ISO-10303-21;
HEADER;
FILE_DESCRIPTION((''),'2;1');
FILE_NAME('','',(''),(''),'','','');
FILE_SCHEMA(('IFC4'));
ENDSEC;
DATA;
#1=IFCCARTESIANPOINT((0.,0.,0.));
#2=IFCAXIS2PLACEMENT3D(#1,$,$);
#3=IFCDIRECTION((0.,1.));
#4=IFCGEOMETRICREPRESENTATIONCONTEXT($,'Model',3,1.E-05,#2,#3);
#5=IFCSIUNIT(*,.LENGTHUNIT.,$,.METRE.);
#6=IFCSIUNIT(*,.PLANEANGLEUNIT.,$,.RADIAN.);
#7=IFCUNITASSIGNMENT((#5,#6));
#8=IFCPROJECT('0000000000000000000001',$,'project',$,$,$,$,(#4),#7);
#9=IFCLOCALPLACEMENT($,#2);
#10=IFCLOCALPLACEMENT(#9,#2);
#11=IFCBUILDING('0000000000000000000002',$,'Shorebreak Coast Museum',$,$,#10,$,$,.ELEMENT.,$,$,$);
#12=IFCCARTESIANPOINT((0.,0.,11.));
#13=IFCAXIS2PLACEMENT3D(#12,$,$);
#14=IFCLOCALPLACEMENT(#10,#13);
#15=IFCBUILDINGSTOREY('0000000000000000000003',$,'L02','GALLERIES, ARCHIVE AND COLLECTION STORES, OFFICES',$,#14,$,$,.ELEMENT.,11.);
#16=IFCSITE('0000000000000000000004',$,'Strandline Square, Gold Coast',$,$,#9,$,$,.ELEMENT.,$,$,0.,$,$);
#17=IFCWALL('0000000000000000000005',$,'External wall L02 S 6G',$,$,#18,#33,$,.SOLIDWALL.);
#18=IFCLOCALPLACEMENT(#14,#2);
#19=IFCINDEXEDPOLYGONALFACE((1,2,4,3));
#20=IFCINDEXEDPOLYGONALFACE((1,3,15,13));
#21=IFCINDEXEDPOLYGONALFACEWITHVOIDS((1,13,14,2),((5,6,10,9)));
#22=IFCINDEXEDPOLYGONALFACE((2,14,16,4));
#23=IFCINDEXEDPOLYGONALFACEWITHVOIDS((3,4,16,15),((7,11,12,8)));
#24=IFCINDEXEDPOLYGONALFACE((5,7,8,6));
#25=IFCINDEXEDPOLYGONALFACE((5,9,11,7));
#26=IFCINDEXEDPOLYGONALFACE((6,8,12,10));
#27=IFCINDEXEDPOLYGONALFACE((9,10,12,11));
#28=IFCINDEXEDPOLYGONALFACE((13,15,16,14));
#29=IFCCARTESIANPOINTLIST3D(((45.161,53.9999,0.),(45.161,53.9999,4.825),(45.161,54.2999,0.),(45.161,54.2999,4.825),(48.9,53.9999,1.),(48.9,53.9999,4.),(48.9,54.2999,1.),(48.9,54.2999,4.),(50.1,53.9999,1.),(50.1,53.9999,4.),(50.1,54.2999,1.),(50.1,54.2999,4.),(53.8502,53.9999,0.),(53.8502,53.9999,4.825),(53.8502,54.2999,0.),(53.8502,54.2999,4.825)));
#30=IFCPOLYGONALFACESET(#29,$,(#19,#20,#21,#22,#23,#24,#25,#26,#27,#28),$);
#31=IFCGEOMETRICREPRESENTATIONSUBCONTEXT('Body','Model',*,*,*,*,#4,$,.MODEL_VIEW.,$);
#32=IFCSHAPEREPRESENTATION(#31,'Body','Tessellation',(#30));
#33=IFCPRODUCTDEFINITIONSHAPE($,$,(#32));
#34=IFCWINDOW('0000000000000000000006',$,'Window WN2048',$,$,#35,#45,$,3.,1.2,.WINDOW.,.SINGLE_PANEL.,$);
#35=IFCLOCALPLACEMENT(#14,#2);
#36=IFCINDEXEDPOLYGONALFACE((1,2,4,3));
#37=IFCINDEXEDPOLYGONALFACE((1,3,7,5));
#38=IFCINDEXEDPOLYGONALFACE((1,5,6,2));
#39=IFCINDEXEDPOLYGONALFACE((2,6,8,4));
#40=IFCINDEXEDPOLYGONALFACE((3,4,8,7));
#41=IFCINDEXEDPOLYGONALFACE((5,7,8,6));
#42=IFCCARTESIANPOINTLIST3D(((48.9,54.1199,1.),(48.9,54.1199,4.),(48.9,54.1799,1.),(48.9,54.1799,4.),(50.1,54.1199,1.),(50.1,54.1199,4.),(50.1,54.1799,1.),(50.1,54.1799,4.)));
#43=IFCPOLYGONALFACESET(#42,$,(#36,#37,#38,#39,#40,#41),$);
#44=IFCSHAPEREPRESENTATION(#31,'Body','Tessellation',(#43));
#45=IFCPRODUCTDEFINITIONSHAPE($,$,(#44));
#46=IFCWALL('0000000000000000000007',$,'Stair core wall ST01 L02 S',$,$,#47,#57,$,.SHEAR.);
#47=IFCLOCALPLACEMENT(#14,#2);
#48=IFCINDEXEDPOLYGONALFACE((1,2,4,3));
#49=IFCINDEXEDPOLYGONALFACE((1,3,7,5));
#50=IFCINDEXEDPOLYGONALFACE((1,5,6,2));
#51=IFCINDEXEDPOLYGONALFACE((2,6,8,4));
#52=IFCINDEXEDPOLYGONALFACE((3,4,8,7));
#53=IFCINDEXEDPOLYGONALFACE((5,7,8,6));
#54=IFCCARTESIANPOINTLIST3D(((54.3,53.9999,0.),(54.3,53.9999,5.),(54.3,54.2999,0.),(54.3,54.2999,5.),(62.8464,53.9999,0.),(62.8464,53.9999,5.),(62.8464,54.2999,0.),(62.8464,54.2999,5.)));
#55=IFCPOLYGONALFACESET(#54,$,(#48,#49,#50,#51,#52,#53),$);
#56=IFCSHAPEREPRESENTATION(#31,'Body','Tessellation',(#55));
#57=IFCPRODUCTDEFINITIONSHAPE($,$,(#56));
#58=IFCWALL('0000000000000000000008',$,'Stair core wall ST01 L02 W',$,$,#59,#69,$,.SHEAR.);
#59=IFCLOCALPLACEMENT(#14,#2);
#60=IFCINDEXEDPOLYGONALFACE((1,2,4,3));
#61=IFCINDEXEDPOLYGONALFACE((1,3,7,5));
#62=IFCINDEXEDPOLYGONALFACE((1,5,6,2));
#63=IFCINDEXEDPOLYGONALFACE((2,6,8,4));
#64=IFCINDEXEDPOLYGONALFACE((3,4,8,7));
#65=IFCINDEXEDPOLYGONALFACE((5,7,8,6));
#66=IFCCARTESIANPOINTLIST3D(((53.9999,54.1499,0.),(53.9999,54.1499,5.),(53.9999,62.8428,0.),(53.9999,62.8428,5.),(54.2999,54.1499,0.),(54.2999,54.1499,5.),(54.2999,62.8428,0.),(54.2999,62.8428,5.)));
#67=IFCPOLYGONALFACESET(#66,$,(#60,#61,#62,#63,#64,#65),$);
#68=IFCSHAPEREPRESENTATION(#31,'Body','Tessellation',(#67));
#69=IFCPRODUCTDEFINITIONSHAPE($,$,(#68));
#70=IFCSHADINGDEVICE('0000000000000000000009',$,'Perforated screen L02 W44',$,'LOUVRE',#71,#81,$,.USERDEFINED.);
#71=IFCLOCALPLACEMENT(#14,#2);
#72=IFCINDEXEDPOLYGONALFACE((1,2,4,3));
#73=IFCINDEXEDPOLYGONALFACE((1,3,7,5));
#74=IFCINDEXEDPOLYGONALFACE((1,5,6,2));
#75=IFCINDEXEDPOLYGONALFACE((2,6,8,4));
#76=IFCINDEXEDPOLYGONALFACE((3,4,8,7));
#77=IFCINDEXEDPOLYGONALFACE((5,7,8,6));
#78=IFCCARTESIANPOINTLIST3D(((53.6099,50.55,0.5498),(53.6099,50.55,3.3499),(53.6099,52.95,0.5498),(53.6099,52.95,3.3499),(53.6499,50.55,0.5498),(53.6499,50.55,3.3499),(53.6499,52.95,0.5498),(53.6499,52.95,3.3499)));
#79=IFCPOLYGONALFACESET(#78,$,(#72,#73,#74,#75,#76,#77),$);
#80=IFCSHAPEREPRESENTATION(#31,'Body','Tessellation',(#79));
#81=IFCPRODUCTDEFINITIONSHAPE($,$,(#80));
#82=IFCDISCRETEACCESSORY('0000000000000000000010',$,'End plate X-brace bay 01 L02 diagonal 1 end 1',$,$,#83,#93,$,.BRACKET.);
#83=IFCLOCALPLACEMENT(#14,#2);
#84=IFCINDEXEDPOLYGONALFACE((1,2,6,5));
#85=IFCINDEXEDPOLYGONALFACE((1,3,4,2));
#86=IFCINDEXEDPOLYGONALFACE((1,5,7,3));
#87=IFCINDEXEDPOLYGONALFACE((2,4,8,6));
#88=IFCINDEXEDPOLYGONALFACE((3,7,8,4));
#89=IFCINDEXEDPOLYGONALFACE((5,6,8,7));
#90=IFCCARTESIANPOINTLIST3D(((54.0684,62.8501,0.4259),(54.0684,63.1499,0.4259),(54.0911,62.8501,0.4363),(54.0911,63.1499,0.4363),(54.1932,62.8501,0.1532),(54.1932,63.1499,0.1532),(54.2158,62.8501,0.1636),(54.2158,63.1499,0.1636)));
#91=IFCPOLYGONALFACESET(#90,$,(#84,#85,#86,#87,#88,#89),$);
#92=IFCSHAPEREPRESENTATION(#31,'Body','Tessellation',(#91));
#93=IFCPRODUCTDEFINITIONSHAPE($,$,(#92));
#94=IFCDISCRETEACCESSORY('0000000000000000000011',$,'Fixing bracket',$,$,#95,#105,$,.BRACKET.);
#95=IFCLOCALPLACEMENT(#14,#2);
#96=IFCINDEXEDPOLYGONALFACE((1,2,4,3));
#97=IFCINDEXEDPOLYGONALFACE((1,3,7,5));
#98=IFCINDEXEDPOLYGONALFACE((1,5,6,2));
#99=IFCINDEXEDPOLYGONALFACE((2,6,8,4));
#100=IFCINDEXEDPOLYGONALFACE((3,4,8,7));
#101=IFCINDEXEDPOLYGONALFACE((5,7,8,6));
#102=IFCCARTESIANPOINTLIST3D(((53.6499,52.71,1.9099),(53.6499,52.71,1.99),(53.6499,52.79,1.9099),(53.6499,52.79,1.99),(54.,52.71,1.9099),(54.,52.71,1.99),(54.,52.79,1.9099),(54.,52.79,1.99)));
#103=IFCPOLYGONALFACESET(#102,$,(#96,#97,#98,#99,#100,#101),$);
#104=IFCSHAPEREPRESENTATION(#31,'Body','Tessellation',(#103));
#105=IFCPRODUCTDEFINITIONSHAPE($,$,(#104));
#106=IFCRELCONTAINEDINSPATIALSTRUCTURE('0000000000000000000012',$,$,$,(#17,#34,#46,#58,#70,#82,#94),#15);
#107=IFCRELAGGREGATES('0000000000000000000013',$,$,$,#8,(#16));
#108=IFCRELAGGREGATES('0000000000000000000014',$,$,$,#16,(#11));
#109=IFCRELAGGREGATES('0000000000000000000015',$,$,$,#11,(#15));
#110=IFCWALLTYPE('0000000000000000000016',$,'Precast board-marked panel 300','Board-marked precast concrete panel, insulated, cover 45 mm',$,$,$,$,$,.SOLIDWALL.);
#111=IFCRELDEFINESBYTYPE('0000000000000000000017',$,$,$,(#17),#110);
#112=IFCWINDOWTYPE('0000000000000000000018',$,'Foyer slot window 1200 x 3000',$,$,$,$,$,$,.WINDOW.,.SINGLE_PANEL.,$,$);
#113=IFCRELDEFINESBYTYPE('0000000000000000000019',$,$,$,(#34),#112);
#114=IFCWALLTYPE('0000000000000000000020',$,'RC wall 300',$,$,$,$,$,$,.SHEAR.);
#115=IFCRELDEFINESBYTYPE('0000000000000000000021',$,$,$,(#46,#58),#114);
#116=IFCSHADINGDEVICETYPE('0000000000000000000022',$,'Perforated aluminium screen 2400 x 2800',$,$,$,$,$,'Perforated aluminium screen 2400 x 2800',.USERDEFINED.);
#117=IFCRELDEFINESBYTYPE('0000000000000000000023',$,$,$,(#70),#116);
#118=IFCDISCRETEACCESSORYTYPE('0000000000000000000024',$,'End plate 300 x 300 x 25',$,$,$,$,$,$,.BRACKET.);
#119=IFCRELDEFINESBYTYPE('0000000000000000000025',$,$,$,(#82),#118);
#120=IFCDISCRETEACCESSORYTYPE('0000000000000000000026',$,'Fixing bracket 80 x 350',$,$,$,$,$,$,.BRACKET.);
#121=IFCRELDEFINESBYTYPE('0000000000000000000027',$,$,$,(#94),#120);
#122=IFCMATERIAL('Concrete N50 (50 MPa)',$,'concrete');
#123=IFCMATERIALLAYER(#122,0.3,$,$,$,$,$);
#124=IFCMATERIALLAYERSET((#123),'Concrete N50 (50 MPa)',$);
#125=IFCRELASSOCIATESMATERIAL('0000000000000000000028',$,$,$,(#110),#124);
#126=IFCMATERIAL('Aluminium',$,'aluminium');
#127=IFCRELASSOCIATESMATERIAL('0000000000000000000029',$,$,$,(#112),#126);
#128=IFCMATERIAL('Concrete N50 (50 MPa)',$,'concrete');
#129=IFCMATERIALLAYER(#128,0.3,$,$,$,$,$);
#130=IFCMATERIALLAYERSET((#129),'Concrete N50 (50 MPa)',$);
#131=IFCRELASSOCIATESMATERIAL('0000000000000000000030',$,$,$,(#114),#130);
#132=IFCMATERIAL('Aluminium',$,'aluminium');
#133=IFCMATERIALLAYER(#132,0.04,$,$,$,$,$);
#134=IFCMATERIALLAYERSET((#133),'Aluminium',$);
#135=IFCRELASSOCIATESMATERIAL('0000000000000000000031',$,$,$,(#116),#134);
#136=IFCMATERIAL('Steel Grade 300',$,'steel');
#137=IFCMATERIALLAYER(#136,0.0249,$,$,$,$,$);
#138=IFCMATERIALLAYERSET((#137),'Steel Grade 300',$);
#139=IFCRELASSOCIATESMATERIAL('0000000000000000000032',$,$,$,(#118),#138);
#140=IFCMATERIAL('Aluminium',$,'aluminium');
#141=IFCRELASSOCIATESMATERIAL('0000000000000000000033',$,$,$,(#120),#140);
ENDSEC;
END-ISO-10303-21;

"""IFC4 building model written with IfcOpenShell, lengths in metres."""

from ifc_helpers import new_model, si_unit, direction, frame, frame_2d, origin, origin_2d, place, context, subcontext, project, spatial, polyline, rectangle, outline, extrude, material, layer, layer_set, type_object, element, fill, save


model = new_model("IFC4")

# Units and contexts
model_context = context("Model", 3, precision=1e-05, world=origin(), true_north=direction((0.0, 1.0)))
body_context = subcontext(model_context, "Body", "Model", "MODEL_VIEW")
ifc_project = project(units=[si_unit("LENGTHUNIT", "METRE"), si_unit("PLANEANGLEUNIT", "RADIAN")], contexts=[model_context])

# Site, building, storey
site_placement = place(None, origin())
site = spatial("IfcSite", under=ifc_project, at=site_placement, Name="Strandline Square, Gold Coast", CompositionType="ELEMENT", RefElevation=0.0)
building_placement = place(site_placement, origin())
building = spatial("IfcBuilding", under=site, at=building_placement, Name="Shorebreak Coast Museum", CompositionType="ELEMENT")
storey_placement = place(building_placement, frame((0.0, 0.0, 11.0)))
storey = spatial("IfcBuildingStorey", under=building, at=storey_placement, Name="L02", Description="GALLERIES, ARCHIVE AND COLLECTION STORES, OFFICES", CompositionType="ELEMENT", Elevation=11.0)

# Wall, opening, window
ifc_material_1 = material(Name="Concrete N50 (50 MPa)", Category="concrete")
ifc_layer_1 = layer(ifc_material_1, 0.3)
ifc_layer_set_1 = layer_set([ifc_layer_1], Name="Concrete N50 (50 MPa)")
wall_type_1 = type_object("IfcWallType", Name="Precast board-marked panel 300", Description="Board-marked precast concrete panel, insulated, cover 45 mm", PredefinedType="SOLIDWALL", material=ifc_layer_set_1)
wall_1_placement = place(storey_placement, frame((45.1609, 54.1499, 0.0), z_axis=(0.0, 0.0, 1.0), x_axis=(1.0, 0.0, 0.0)))
wall_1 = element("IfcWall", 1, at=wall_1_placement, inside=storey, type_object=wall_type_1, Name="External wall L02 S 6G", PredefinedType="SOLIDWALL", context=body_context, shape_type="SweptSolid", body=[
    extrude(rectangle(XDim=8.6892, YDim=0.3, at=frame_2d((4.3447, 0.0))), origin(), (0.0, 0.0, 1.0), 4.825),
])
opening_placement = place(wall_1_placement, frame((3.739, 0.0, 1.0)))
opening = element("IfcOpeningElement", 2, at=opening_placement, cuts=wall_1, PredefinedType="OPENING", context=body_context, shape_type="SweptSolid", body=[
    extrude(rectangle(XDim=1.2, YDim=3.0, at=frame_2d((0.6001, 1.5))), frame((0.0, 0.1599, 0.0), z_axis=(0.0, -1.0, 0.0), x_axis=(1.0, 0.0, 0.0)), (0.0, 0.0, 1.0), 0.3201),
])
ifc_material_2 = material(Name="Aluminium", Category="aluminium")
window_type = type_object("IfcWindowType", Name="Foyer slot window 1200 x 3000", PartitioningType="SINGLE_PANEL", PredefinedType="WINDOW", material=ifc_material_2)
window_placement = place(opening_placement, origin())
window = element("IfcWindow", 3, at=window_placement, inside=storey, type_object=window_type, Name="Window WN2048", OverallHeight=3.0, OverallWidth=1.2, PartitioningType="SINGLE_PANEL", PredefinedType="WINDOW", context=body_context, shape_type="SweptSolid", body=[
    extrude(rectangle(XDim=1.2, YDim=3.0, at=frame_2d((0.6001, 1.5))), frame((0.0, 0.03, 0.0), z_axis=(0.0, -1.0, 0.0), x_axis=(1.0, 0.0, 0.0)), (0.0, 0.0, 1.0), 0.0601),
])
fill(opening, window)

# Walls
ifc_material_3 = material(Name="Concrete N50 (50 MPa)", Category="concrete")
ifc_layer_2 = layer(ifc_material_3, 0.3)
ifc_layer_set_2 = layer_set([ifc_layer_2], Name="Concrete N50 (50 MPa)")
wall_type_2 = type_object("IfcWallType", Name="RC wall 300", PredefinedType="SHEAR", material=ifc_layer_set_2)
wall_2_placement = place(storey_placement, frame((54.3, 54.1499, 0.0), z_axis=(0.0, 0.0, 1.0), x_axis=(1.0, 0.0, 0.0)))
element("IfcWall", 4, at=wall_2_placement, inside=storey, type_object=wall_type_2, Name="Stair core wall ST01 L02 S", PredefinedType="SHEAR", context=body_context, shape_type="SweptSolid", body=[
    extrude(rectangle(XDim=8.5464, YDim=0.3, at=frame_2d((4.2732, 0.0))), origin(), (0.0, 0.0, 1.0), 5.0),
])
wall_3_placement = place(storey_placement, frame((54.1499, 54.1499, 0.0), z_axis=(0.0, 0.0, 1.0), x_axis=(0.0, 1.0, 0.0)))
element("IfcWall", 5, at=wall_3_placement, inside=storey, type_object=wall_type_2, Name="Stair core wall ST01 L02 W", PredefinedType="SHEAR", context=body_context, shape_type="SweptSolid", body=[
    extrude(rectangle(XDim=8.6929, YDim=0.3, at=frame_2d((4.3464, 0.0))), origin(), (0.0, 0.0, 1.0), 5.0),
])

# Shading device
ifc_material_4 = material(Name="Aluminium", Category="aluminium")
ifc_layer_3 = layer(ifc_material_4, 0.04)
ifc_layer_set_3 = layer_set([ifc_layer_3], Name="Aluminium")
shading_device_type = type_object("IfcShadingDeviceType", Name="Perforated aluminium screen 2400 x 2800", ElementType="Perforated aluminium screen 2400 x 2800", PredefinedType="USERDEFINED", material=ifc_layer_set_3)
shading_device_placement = place(storey_placement, frame((53.6299, 51.75, 0.5498), z_axis=(0.0, 0.0, 1.0), x_axis=(1.0, 0.0, 0.0)))
element("IfcShadingDevice", 6, at=shading_device_placement, inside=storey, type_object=shading_device_type, Name="Perforated screen L02 W44", ObjectType="LOUVRE", PredefinedType="USERDEFINED", context=body_context, shape_type="SweptSolid", body=[
    extrude(rectangle(XDim=0.04, YDim=2.3999, at=origin_2d()), origin(), (0.0, 0.0, 1.0), 2.8),
])

# Discrete accessories
ifc_material_5 = material(Name="Steel Grade 300", Category="steel")
ifc_layer_4 = layer(ifc_material_5, 0.0249)
ifc_layer_set_4 = layer_set([ifc_layer_4], Name="Steel Grade 300")
discrete_accessory_type_1 = type_object("IfcDiscreteAccessoryType", Name="End plate 300 x 300 x 25", PredefinedType="BRACKET", material=ifc_layer_set_4)
discrete_accessory_1_placement = place(storey_placement, frame((54.2158, 62.8501, 0.1636), z_axis=(0.90936, 0.0, 0.41601), x_axis=(0.0, 1.0, 0.0)))
element("IfcDiscreteAccessory", 7, at=discrete_accessory_1_placement, inside=storey, type_object=discrete_accessory_type_1, Name="End plate X-brace bay 01 L02 diagonal 1 end 1", PredefinedType="BRACKET", context=body_context, shape_type="SweptSolid", body=[
    extrude(outline(polyline([(0.0, 0.0), (0.2998, 0.0), (0.2998, 0.2999), (0.0, 0.2999), (0.0, 0.0)])), origin(), (0.0, 0.0, -1.0), 0.0249),
])
ifc_material_6 = material(Name="Aluminium", Category="aluminium")
discrete_accessory_type_2 = type_object("IfcDiscreteAccessoryType", Name="Fixing bracket 80 x 350", PredefinedType="BRACKET", material=ifc_material_6)
discrete_accessory_2_placement = place(storey_placement, frame((53.825, 52.75, 1.9099), z_axis=(0.0, 0.0, 1.0), x_axis=(1.0, 0.0, 0.0)))
element("IfcDiscreteAccessory", 8, at=discrete_accessory_2_placement, inside=storey, type_object=discrete_accessory_type_2, Name="Fixing bracket", PredefinedType="BRACKET", context=body_context, shape_type="SweptSolid", body=[
    extrude(rectangle(XDim=0.3501, YDim=0.0801, at=origin_2d()), origin(), (0.0, 0.0, 1.0), 0.0801),
])

save(model, "model.ifc")
